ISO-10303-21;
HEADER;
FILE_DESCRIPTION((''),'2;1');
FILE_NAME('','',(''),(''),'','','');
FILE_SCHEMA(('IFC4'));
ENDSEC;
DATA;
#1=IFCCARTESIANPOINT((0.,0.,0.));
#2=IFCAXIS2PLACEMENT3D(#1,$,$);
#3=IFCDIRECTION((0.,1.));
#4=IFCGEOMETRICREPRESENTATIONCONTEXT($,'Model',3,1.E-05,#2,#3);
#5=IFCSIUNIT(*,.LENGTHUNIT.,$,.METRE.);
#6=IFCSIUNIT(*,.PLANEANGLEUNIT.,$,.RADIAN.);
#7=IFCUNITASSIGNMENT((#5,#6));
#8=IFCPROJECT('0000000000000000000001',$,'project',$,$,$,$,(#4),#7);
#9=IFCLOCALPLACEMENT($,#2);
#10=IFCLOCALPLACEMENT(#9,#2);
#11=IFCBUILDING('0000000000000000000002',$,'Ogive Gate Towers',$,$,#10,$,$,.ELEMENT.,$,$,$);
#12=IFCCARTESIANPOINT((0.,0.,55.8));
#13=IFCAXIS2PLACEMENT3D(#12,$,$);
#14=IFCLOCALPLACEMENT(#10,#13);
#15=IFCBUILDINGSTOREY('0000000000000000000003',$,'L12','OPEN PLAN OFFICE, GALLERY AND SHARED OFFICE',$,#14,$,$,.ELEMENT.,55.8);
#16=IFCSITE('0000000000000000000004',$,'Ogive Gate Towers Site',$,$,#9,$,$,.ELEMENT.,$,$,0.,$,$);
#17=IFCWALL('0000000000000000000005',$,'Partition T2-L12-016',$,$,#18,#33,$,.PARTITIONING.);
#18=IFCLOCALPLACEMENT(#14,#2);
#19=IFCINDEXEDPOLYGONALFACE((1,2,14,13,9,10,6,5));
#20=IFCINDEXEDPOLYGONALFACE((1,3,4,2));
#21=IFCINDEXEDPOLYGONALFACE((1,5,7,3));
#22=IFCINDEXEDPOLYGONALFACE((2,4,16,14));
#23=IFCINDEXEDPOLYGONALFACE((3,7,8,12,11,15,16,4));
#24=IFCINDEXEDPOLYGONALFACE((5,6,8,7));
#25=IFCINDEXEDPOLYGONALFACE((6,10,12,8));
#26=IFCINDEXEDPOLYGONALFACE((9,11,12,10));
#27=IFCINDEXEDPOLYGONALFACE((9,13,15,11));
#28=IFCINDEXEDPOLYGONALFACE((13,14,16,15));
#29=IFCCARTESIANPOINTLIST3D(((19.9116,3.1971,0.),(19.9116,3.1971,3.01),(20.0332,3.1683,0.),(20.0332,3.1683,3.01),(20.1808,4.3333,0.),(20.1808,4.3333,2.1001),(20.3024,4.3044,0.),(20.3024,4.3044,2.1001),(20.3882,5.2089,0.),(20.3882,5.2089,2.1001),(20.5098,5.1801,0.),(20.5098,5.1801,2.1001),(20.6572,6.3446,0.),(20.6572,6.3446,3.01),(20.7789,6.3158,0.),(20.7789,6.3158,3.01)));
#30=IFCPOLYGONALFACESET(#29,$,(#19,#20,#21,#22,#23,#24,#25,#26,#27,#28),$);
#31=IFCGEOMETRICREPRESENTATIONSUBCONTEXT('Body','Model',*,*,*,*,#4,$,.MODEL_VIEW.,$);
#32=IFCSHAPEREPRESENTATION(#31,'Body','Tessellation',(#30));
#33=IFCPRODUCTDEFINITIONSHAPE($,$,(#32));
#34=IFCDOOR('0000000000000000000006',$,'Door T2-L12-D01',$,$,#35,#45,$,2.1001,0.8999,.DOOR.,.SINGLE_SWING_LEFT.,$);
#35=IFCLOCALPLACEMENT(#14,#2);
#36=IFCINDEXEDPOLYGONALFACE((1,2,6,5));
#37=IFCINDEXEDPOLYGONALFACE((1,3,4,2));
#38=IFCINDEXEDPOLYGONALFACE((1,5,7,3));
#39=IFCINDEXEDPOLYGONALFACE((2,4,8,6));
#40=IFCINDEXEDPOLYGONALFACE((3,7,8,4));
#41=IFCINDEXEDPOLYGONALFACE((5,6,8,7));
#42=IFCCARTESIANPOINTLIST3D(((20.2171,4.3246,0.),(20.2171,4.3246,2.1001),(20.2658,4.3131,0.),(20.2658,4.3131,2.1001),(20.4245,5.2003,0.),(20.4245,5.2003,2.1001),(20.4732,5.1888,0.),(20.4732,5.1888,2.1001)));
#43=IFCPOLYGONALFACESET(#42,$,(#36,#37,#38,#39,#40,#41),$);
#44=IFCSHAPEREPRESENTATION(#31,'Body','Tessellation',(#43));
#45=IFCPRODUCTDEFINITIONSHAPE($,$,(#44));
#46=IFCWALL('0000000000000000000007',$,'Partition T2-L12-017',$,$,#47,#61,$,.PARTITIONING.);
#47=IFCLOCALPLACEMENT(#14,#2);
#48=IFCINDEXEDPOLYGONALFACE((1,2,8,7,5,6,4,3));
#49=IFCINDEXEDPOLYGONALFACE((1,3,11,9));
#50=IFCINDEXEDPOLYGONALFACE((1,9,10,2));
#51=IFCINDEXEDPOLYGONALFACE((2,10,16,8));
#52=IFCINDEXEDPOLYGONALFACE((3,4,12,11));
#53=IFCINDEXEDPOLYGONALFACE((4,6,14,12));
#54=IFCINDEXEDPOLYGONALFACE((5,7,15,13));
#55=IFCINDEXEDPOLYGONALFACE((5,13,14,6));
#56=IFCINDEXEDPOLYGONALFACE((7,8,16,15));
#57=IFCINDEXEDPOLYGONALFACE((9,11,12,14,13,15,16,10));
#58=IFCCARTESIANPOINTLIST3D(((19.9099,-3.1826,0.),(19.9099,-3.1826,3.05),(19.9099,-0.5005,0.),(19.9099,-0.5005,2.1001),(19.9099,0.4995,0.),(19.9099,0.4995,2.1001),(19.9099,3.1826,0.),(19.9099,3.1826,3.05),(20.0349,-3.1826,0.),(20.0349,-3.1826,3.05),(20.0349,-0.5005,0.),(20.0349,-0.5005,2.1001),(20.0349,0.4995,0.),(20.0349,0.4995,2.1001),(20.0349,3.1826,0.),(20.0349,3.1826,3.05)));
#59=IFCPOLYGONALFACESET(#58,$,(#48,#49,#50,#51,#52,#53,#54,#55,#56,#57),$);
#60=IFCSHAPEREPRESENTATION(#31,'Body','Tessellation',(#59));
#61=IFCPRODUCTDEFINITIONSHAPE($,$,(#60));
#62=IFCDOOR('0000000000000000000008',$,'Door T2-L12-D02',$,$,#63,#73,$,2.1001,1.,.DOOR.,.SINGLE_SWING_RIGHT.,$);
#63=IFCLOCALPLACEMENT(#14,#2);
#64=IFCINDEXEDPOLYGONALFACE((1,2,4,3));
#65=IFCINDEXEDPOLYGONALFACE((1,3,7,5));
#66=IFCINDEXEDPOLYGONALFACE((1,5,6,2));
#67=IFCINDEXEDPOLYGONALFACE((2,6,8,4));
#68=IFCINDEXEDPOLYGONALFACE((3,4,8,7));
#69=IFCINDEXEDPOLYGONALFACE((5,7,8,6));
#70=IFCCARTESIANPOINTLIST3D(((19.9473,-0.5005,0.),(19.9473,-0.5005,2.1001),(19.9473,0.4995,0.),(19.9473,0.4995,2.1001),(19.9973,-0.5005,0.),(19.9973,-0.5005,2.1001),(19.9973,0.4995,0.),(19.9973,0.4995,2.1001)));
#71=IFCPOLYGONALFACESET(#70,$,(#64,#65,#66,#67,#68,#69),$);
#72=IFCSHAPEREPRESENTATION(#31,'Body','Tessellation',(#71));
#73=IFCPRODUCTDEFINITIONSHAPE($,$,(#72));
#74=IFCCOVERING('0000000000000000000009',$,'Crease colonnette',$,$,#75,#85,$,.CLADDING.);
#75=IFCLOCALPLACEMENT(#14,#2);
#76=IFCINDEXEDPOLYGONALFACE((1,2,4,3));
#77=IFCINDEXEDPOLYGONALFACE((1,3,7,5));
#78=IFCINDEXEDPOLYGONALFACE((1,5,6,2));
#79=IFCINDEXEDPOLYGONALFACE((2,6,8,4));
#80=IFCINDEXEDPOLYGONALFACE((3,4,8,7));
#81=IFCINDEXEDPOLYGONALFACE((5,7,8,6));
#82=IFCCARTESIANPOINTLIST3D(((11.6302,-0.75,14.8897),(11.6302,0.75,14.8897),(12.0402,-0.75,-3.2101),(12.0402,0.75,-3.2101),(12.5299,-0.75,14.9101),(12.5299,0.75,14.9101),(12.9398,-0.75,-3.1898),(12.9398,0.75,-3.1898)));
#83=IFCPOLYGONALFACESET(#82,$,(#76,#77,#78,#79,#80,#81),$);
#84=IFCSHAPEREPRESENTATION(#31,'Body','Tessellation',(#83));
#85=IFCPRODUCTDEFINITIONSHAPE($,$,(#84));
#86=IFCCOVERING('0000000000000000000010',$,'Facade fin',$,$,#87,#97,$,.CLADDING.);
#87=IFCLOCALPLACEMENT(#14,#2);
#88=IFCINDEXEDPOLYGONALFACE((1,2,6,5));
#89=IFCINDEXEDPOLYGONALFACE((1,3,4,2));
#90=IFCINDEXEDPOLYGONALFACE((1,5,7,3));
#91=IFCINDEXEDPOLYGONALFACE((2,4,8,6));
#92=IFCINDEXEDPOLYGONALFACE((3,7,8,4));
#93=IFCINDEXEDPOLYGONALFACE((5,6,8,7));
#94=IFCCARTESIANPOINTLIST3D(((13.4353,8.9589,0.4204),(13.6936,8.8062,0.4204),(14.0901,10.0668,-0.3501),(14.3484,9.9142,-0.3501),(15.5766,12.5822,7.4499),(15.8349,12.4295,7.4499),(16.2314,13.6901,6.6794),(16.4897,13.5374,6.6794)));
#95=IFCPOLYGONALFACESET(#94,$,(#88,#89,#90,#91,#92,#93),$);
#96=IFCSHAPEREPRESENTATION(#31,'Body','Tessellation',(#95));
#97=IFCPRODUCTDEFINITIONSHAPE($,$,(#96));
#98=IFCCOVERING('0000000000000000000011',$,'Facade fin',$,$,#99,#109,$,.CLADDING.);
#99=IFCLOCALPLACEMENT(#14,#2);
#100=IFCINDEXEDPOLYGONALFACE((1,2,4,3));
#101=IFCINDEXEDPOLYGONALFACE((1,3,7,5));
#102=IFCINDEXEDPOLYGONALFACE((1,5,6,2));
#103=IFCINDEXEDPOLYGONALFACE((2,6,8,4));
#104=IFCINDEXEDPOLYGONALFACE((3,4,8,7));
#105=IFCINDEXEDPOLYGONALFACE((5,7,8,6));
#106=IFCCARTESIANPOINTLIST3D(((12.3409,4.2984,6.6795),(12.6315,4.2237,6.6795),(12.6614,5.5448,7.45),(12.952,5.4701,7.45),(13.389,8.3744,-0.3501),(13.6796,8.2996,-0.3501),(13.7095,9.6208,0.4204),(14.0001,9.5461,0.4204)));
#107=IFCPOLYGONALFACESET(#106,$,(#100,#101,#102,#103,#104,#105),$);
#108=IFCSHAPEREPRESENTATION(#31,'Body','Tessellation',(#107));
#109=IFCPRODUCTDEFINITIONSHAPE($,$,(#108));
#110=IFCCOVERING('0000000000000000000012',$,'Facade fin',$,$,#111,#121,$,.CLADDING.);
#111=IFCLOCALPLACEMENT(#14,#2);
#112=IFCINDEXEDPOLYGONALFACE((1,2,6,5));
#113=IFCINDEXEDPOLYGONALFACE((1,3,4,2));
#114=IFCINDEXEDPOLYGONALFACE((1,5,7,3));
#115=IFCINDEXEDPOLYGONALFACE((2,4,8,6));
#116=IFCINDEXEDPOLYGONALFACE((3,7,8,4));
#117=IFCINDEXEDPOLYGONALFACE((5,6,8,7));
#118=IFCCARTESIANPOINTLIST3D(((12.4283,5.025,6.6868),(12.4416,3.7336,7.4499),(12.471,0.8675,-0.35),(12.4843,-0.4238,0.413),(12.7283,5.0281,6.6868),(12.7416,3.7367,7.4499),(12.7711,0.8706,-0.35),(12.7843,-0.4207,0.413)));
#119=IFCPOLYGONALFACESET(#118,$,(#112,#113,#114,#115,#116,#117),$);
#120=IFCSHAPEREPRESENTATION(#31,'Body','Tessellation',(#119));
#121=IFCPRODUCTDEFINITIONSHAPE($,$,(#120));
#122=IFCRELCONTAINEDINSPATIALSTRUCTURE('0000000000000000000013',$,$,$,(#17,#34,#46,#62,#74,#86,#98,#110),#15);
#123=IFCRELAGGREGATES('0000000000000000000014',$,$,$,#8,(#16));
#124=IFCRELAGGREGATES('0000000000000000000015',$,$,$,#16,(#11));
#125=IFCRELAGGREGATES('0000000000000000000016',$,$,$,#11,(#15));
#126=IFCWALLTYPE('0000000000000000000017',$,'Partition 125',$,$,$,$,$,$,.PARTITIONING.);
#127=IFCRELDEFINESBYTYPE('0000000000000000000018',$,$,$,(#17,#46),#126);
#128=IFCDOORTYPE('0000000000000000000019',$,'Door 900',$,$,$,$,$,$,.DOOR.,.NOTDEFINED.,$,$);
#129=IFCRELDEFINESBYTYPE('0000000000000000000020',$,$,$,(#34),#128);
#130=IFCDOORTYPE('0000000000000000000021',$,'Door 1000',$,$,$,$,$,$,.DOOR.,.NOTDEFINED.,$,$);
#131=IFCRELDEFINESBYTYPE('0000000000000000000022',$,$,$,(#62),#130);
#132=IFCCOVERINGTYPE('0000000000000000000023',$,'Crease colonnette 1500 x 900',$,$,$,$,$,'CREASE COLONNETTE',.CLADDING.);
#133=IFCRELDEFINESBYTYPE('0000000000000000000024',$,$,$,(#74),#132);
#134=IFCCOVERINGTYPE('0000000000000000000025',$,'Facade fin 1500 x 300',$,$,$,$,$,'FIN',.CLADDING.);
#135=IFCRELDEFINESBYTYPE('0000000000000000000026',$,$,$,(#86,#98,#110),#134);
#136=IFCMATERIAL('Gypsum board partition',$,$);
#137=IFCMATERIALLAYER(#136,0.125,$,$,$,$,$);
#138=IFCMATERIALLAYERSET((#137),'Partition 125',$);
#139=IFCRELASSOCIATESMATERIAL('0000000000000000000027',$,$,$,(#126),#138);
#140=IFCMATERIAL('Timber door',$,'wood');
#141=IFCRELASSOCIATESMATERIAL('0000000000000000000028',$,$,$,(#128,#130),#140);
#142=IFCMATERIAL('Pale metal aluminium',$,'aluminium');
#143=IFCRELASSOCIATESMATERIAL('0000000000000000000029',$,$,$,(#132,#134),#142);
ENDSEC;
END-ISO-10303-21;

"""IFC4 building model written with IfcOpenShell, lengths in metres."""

from ifc_helpers import new_model, si_unit, direction, frame, frame_2d, origin, origin_2d, place, context, subcontext, project, spatial, rectangle, extrude, material, layer, layer_set, material_profile, profile_set, type_object, element, fill, save


model = new_model("IFC4")

# Units and contexts
model_context = context("Model", 3, precision=1e-05, world=origin(), true_north=direction((0.0, 1.0)))
body_context = subcontext(model_context, "Body", "Model", "MODEL_VIEW")
ifc_project = project(units=[si_unit("LENGTHUNIT", "METRE"), si_unit("PLANEANGLEUNIT", "RADIAN")], contexts=[model_context])

# Site, building, storey
site_placement = place(None, origin())
site = spatial("IfcSite", under=ifc_project, at=site_placement, Name="Ogive Gate Towers Site", CompositionType="ELEMENT", RefElevation=0.0)
building_placement = place(site_placement, origin())
building = spatial("IfcBuilding", under=site, at=building_placement, Name="Ogive Gate Towers", CompositionType="ELEMENT")
storey_placement = place(building_placement, frame((0.0, 0.0, 55.8)))
storey = spatial("IfcBuildingStorey", under=building, at=storey_placement, Name="L12", Description="OPEN PLAN OFFICE, GALLERY AND SHARED OFFICE", CompositionType="ELEMENT", Elevation=55.8)

# Shared definitions
ifc_material_1 = material(Name="Pale metal aluminium", Category="aluminium")

# Shared definitions
ifc_material_2 = material(Name="Timber door", Category="wood")

# Shared definitions
ifc_material_3 = material(Name="Gypsum board partition")
ifc_layer_1 = layer(ifc_material_3, 0.125)
ifc_layer_set_1 = layer_set([ifc_layer_1], Name="Partition 125")
wall_type_1 = type_object("IfcWallType", Name="Partition 125", PredefinedType="PARTITIONING", material=ifc_layer_set_1)

# Walls, openings, doors
wall_1_placement = place(storey_placement, frame((20.718, 6.3301, 0.0), z_axis=(0.0, 0.0, 1.0), x_axis=(-0.230512, -0.97307, 0.0)))
wall_1 = element("IfcWall", 1, at=wall_1_placement, inside=storey, type_object=wall_type_1, Name="Partition T2-L12-016", PredefinedType="PARTITIONING", context=body_context, shape_type="SweptSolid", body=[
    extrude(rectangle(XDim=3.2346, YDim=0.125, at=frame_2d((1.6172, 0.0))), origin(), (0.0, 0.0, 1.0), 3.01),
])
opening_1_placement = place(wall_1_placement, frame((1.167, 0.0, 0.0)))
opening_1 = element("IfcOpeningElement", 2, at=opening_1_placement, cuts=wall_1, PredefinedType="OPENING", context=body_context, shape_type="SweptSolid", body=[
    extrude(rectangle(XDim=0.8999, YDim=2.1001, at=frame_2d((0.45, 1.05))), frame((0.0, 0.0725, 0.0), z_axis=(0.0, -1.0, 0.0), x_axis=(1.0, 0.0, 0.0)), (0.0, 0.0, 1.0), 0.145),
])
door_type_1 = type_object("IfcDoorType", Name="Door 900", OperationType="NOTDEFINED", PredefinedType="DOOR", material=ifc_material_2)
door_1_placement = place(opening_1_placement, origin())
door_1 = element("IfcDoor", 3, at=door_1_placement, inside=storey, type_object=door_type_1, Name="Door T2-L12-D01", OperationType="SINGLE_SWING_LEFT", OverallHeight=2.1001, OverallWidth=0.8999, PredefinedType="DOOR", context=body_context, shape_type="SweptSolid", body=[
    extrude(rectangle(XDim=0.8999, YDim=2.1001, at=frame_2d((0.45, 1.05))), frame((0.0, 0.0249, 0.0), z_axis=(0.0, -1.0, 0.0), x_axis=(1.0, 0.0, 0.0)), (0.0, 0.0, 1.0), 0.05),
])
fill(opening_1, door_1)
wall_2_placement = place(storey_placement, frame((19.9724, 3.1826, 0.0), z_axis=(0.0, 0.0, 1.0), x_axis=(0.0, -1.0, 0.0)))
wall_2 = element("IfcWall", 4, at=wall_2_placement, inside=storey, type_object=wall_type_1, Name="Partition T2-L12-017", PredefinedType="PARTITIONING", context=body_context, shape_type="SweptSolid", body=[
    extrude(rectangle(XDim=6.3652, YDim=0.125, at=frame_2d((3.1826, 0.0))), origin(), (0.0, 0.0, 1.0), 3.05),
])
opening_2_placement = place(wall_2_placement, frame((2.6831, 0.0, 0.0)))
opening_2 = element("IfcOpeningElement", 5, at=opening_2_placement, cuts=wall_2, PredefinedType="OPENING", context=body_context, shape_type="SweptSolid", body=[
    extrude(rectangle(XDim=1.0, YDim=2.1001, at=frame_2d((0.5, 1.05))), frame((0.0, 0.0725, 0.0), z_axis=(0.0, -1.0, 0.0), x_axis=(1.0, 0.0, 0.0)), (0.0, 0.0, 1.0), 0.145),
])
door_type_2 = type_object("IfcDoorType", Name="Door 1000", OperationType="NOTDEFINED", PredefinedType="DOOR", material=ifc_material_2)
door_2_placement = place(opening_2_placement, origin())
door_2 = element("IfcDoor", 6, at=door_2_placement, inside=storey, type_object=door_type_2, Name="Door T2-L12-D02", OperationType="SINGLE_SWING_RIGHT", OverallHeight=2.1001, OverallWidth=1.0, PredefinedType="DOOR", context=body_context, shape_type="SweptSolid", body=[
    extrude(rectangle(XDim=1.0, YDim=2.1001, at=frame_2d((0.5, 1.05))), frame((0.0, 0.0249, 0.0), z_axis=(0.0, -1.0, 0.0), x_axis=(1.0, 0.0, 0.0)), (0.0, 0.0, 1.0), 0.05),
])
fill(opening_2, door_2)

# Coverings
ifc_material_profile_1 = material_profile(ifc_material_1, rectangle(XDim=1.5, YDim=0.8999, at=origin_2d()), Name="1500 x 900 pale metal aluminium")
ifc_profile_set_1 = profile_set([ifc_material_profile_1], Name="Pale metal aluminium")
covering_type_1 = type_object("IfcCoveringType", Name="Crease colonnette 1500 x 900", ElementType="CREASE COLONNETTE", PredefinedType="CLADDING", material=ifc_profile_set_1)
covering_1_placement = place(storey_placement, frame((12.49, 0.0, -3.2), z_axis=(-0.022641, 0.0, 0.999744), x_axis=(0.0, -1.0, 0.0)))
element("IfcCovering", 7, at=covering_1_placement, inside=storey, type_object=covering_type_1, Name="Crease colonnette", PredefinedType="CLADDING", context=body_context, shape_type="SweptSolid", body=[
    extrude(rectangle(XDim=1.5, YDim=0.8999, at=origin_2d()), origin(), (0.0, 0.0, 1.0), 18.1045),
])
ifc_material_profile_2 = material_profile(ifc_material_1, rectangle(XDim=0.3, YDim=1.5, at=origin_2d()), Name="1500 x 300 pale metal aluminium")
ifc_profile_set_2 = profile_set([ifc_material_profile_2], Name="Pale metal aluminium")
covering_type_2 = type_object("IfcCoveringType", Name="Facade fin 1500 x 300", ElementType="FIN", PredefinedType="CLADDING", material=ifc_profile_set_2)
for number, where, z_axis, x_axis, name in (
    (8, (13.8918, 9.4365, 0.0352), (0.261359, 0.442233, 0.857975), (-0.860893, 0.508786, 0.0), "Facade fin"),
    (9, (13.6946, 8.9602, 0.0352), (-0.127925, -0.497486, 0.857988), (0.968493, -0.249041, 0.0), "Facade fin"),
):
    element("IfcCovering", number, at=place(storey_placement, frame(where, z_axis=z_axis, x_axis=x_axis)), inside=storey, type_object=covering_type_2, Name=name, PredefinedType="CLADDING", context=body_context, shape_type="SweptSolid", body=[
        extrude(rectangle(XDim=0.3, YDim=1.5, at=origin_2d()), origin(), (0.0, 0.0, 1.0), 8.1931),
    ])
covering_2_placement = place(storey_placement, frame((12.6277, 0.2234, 0.0315), z_axis=(-0.005227, 0.508661, 0.860951), x_axis=(-0.999947, -0.010276, 0.0)))
element("IfcCovering", 10, at=covering_2_placement, inside=storey, type_object=covering_type_2, Name="Facade fin", PredefinedType="CLADDING", context=body_context, shape_type="SweptSolid", body=[
    extrude(rectangle(XDim=0.3, YDim=1.5, at=origin_2d()), origin(), (0.0, 0.0, 1.0), 8.1733),
])

save(model, "model.ifc")
